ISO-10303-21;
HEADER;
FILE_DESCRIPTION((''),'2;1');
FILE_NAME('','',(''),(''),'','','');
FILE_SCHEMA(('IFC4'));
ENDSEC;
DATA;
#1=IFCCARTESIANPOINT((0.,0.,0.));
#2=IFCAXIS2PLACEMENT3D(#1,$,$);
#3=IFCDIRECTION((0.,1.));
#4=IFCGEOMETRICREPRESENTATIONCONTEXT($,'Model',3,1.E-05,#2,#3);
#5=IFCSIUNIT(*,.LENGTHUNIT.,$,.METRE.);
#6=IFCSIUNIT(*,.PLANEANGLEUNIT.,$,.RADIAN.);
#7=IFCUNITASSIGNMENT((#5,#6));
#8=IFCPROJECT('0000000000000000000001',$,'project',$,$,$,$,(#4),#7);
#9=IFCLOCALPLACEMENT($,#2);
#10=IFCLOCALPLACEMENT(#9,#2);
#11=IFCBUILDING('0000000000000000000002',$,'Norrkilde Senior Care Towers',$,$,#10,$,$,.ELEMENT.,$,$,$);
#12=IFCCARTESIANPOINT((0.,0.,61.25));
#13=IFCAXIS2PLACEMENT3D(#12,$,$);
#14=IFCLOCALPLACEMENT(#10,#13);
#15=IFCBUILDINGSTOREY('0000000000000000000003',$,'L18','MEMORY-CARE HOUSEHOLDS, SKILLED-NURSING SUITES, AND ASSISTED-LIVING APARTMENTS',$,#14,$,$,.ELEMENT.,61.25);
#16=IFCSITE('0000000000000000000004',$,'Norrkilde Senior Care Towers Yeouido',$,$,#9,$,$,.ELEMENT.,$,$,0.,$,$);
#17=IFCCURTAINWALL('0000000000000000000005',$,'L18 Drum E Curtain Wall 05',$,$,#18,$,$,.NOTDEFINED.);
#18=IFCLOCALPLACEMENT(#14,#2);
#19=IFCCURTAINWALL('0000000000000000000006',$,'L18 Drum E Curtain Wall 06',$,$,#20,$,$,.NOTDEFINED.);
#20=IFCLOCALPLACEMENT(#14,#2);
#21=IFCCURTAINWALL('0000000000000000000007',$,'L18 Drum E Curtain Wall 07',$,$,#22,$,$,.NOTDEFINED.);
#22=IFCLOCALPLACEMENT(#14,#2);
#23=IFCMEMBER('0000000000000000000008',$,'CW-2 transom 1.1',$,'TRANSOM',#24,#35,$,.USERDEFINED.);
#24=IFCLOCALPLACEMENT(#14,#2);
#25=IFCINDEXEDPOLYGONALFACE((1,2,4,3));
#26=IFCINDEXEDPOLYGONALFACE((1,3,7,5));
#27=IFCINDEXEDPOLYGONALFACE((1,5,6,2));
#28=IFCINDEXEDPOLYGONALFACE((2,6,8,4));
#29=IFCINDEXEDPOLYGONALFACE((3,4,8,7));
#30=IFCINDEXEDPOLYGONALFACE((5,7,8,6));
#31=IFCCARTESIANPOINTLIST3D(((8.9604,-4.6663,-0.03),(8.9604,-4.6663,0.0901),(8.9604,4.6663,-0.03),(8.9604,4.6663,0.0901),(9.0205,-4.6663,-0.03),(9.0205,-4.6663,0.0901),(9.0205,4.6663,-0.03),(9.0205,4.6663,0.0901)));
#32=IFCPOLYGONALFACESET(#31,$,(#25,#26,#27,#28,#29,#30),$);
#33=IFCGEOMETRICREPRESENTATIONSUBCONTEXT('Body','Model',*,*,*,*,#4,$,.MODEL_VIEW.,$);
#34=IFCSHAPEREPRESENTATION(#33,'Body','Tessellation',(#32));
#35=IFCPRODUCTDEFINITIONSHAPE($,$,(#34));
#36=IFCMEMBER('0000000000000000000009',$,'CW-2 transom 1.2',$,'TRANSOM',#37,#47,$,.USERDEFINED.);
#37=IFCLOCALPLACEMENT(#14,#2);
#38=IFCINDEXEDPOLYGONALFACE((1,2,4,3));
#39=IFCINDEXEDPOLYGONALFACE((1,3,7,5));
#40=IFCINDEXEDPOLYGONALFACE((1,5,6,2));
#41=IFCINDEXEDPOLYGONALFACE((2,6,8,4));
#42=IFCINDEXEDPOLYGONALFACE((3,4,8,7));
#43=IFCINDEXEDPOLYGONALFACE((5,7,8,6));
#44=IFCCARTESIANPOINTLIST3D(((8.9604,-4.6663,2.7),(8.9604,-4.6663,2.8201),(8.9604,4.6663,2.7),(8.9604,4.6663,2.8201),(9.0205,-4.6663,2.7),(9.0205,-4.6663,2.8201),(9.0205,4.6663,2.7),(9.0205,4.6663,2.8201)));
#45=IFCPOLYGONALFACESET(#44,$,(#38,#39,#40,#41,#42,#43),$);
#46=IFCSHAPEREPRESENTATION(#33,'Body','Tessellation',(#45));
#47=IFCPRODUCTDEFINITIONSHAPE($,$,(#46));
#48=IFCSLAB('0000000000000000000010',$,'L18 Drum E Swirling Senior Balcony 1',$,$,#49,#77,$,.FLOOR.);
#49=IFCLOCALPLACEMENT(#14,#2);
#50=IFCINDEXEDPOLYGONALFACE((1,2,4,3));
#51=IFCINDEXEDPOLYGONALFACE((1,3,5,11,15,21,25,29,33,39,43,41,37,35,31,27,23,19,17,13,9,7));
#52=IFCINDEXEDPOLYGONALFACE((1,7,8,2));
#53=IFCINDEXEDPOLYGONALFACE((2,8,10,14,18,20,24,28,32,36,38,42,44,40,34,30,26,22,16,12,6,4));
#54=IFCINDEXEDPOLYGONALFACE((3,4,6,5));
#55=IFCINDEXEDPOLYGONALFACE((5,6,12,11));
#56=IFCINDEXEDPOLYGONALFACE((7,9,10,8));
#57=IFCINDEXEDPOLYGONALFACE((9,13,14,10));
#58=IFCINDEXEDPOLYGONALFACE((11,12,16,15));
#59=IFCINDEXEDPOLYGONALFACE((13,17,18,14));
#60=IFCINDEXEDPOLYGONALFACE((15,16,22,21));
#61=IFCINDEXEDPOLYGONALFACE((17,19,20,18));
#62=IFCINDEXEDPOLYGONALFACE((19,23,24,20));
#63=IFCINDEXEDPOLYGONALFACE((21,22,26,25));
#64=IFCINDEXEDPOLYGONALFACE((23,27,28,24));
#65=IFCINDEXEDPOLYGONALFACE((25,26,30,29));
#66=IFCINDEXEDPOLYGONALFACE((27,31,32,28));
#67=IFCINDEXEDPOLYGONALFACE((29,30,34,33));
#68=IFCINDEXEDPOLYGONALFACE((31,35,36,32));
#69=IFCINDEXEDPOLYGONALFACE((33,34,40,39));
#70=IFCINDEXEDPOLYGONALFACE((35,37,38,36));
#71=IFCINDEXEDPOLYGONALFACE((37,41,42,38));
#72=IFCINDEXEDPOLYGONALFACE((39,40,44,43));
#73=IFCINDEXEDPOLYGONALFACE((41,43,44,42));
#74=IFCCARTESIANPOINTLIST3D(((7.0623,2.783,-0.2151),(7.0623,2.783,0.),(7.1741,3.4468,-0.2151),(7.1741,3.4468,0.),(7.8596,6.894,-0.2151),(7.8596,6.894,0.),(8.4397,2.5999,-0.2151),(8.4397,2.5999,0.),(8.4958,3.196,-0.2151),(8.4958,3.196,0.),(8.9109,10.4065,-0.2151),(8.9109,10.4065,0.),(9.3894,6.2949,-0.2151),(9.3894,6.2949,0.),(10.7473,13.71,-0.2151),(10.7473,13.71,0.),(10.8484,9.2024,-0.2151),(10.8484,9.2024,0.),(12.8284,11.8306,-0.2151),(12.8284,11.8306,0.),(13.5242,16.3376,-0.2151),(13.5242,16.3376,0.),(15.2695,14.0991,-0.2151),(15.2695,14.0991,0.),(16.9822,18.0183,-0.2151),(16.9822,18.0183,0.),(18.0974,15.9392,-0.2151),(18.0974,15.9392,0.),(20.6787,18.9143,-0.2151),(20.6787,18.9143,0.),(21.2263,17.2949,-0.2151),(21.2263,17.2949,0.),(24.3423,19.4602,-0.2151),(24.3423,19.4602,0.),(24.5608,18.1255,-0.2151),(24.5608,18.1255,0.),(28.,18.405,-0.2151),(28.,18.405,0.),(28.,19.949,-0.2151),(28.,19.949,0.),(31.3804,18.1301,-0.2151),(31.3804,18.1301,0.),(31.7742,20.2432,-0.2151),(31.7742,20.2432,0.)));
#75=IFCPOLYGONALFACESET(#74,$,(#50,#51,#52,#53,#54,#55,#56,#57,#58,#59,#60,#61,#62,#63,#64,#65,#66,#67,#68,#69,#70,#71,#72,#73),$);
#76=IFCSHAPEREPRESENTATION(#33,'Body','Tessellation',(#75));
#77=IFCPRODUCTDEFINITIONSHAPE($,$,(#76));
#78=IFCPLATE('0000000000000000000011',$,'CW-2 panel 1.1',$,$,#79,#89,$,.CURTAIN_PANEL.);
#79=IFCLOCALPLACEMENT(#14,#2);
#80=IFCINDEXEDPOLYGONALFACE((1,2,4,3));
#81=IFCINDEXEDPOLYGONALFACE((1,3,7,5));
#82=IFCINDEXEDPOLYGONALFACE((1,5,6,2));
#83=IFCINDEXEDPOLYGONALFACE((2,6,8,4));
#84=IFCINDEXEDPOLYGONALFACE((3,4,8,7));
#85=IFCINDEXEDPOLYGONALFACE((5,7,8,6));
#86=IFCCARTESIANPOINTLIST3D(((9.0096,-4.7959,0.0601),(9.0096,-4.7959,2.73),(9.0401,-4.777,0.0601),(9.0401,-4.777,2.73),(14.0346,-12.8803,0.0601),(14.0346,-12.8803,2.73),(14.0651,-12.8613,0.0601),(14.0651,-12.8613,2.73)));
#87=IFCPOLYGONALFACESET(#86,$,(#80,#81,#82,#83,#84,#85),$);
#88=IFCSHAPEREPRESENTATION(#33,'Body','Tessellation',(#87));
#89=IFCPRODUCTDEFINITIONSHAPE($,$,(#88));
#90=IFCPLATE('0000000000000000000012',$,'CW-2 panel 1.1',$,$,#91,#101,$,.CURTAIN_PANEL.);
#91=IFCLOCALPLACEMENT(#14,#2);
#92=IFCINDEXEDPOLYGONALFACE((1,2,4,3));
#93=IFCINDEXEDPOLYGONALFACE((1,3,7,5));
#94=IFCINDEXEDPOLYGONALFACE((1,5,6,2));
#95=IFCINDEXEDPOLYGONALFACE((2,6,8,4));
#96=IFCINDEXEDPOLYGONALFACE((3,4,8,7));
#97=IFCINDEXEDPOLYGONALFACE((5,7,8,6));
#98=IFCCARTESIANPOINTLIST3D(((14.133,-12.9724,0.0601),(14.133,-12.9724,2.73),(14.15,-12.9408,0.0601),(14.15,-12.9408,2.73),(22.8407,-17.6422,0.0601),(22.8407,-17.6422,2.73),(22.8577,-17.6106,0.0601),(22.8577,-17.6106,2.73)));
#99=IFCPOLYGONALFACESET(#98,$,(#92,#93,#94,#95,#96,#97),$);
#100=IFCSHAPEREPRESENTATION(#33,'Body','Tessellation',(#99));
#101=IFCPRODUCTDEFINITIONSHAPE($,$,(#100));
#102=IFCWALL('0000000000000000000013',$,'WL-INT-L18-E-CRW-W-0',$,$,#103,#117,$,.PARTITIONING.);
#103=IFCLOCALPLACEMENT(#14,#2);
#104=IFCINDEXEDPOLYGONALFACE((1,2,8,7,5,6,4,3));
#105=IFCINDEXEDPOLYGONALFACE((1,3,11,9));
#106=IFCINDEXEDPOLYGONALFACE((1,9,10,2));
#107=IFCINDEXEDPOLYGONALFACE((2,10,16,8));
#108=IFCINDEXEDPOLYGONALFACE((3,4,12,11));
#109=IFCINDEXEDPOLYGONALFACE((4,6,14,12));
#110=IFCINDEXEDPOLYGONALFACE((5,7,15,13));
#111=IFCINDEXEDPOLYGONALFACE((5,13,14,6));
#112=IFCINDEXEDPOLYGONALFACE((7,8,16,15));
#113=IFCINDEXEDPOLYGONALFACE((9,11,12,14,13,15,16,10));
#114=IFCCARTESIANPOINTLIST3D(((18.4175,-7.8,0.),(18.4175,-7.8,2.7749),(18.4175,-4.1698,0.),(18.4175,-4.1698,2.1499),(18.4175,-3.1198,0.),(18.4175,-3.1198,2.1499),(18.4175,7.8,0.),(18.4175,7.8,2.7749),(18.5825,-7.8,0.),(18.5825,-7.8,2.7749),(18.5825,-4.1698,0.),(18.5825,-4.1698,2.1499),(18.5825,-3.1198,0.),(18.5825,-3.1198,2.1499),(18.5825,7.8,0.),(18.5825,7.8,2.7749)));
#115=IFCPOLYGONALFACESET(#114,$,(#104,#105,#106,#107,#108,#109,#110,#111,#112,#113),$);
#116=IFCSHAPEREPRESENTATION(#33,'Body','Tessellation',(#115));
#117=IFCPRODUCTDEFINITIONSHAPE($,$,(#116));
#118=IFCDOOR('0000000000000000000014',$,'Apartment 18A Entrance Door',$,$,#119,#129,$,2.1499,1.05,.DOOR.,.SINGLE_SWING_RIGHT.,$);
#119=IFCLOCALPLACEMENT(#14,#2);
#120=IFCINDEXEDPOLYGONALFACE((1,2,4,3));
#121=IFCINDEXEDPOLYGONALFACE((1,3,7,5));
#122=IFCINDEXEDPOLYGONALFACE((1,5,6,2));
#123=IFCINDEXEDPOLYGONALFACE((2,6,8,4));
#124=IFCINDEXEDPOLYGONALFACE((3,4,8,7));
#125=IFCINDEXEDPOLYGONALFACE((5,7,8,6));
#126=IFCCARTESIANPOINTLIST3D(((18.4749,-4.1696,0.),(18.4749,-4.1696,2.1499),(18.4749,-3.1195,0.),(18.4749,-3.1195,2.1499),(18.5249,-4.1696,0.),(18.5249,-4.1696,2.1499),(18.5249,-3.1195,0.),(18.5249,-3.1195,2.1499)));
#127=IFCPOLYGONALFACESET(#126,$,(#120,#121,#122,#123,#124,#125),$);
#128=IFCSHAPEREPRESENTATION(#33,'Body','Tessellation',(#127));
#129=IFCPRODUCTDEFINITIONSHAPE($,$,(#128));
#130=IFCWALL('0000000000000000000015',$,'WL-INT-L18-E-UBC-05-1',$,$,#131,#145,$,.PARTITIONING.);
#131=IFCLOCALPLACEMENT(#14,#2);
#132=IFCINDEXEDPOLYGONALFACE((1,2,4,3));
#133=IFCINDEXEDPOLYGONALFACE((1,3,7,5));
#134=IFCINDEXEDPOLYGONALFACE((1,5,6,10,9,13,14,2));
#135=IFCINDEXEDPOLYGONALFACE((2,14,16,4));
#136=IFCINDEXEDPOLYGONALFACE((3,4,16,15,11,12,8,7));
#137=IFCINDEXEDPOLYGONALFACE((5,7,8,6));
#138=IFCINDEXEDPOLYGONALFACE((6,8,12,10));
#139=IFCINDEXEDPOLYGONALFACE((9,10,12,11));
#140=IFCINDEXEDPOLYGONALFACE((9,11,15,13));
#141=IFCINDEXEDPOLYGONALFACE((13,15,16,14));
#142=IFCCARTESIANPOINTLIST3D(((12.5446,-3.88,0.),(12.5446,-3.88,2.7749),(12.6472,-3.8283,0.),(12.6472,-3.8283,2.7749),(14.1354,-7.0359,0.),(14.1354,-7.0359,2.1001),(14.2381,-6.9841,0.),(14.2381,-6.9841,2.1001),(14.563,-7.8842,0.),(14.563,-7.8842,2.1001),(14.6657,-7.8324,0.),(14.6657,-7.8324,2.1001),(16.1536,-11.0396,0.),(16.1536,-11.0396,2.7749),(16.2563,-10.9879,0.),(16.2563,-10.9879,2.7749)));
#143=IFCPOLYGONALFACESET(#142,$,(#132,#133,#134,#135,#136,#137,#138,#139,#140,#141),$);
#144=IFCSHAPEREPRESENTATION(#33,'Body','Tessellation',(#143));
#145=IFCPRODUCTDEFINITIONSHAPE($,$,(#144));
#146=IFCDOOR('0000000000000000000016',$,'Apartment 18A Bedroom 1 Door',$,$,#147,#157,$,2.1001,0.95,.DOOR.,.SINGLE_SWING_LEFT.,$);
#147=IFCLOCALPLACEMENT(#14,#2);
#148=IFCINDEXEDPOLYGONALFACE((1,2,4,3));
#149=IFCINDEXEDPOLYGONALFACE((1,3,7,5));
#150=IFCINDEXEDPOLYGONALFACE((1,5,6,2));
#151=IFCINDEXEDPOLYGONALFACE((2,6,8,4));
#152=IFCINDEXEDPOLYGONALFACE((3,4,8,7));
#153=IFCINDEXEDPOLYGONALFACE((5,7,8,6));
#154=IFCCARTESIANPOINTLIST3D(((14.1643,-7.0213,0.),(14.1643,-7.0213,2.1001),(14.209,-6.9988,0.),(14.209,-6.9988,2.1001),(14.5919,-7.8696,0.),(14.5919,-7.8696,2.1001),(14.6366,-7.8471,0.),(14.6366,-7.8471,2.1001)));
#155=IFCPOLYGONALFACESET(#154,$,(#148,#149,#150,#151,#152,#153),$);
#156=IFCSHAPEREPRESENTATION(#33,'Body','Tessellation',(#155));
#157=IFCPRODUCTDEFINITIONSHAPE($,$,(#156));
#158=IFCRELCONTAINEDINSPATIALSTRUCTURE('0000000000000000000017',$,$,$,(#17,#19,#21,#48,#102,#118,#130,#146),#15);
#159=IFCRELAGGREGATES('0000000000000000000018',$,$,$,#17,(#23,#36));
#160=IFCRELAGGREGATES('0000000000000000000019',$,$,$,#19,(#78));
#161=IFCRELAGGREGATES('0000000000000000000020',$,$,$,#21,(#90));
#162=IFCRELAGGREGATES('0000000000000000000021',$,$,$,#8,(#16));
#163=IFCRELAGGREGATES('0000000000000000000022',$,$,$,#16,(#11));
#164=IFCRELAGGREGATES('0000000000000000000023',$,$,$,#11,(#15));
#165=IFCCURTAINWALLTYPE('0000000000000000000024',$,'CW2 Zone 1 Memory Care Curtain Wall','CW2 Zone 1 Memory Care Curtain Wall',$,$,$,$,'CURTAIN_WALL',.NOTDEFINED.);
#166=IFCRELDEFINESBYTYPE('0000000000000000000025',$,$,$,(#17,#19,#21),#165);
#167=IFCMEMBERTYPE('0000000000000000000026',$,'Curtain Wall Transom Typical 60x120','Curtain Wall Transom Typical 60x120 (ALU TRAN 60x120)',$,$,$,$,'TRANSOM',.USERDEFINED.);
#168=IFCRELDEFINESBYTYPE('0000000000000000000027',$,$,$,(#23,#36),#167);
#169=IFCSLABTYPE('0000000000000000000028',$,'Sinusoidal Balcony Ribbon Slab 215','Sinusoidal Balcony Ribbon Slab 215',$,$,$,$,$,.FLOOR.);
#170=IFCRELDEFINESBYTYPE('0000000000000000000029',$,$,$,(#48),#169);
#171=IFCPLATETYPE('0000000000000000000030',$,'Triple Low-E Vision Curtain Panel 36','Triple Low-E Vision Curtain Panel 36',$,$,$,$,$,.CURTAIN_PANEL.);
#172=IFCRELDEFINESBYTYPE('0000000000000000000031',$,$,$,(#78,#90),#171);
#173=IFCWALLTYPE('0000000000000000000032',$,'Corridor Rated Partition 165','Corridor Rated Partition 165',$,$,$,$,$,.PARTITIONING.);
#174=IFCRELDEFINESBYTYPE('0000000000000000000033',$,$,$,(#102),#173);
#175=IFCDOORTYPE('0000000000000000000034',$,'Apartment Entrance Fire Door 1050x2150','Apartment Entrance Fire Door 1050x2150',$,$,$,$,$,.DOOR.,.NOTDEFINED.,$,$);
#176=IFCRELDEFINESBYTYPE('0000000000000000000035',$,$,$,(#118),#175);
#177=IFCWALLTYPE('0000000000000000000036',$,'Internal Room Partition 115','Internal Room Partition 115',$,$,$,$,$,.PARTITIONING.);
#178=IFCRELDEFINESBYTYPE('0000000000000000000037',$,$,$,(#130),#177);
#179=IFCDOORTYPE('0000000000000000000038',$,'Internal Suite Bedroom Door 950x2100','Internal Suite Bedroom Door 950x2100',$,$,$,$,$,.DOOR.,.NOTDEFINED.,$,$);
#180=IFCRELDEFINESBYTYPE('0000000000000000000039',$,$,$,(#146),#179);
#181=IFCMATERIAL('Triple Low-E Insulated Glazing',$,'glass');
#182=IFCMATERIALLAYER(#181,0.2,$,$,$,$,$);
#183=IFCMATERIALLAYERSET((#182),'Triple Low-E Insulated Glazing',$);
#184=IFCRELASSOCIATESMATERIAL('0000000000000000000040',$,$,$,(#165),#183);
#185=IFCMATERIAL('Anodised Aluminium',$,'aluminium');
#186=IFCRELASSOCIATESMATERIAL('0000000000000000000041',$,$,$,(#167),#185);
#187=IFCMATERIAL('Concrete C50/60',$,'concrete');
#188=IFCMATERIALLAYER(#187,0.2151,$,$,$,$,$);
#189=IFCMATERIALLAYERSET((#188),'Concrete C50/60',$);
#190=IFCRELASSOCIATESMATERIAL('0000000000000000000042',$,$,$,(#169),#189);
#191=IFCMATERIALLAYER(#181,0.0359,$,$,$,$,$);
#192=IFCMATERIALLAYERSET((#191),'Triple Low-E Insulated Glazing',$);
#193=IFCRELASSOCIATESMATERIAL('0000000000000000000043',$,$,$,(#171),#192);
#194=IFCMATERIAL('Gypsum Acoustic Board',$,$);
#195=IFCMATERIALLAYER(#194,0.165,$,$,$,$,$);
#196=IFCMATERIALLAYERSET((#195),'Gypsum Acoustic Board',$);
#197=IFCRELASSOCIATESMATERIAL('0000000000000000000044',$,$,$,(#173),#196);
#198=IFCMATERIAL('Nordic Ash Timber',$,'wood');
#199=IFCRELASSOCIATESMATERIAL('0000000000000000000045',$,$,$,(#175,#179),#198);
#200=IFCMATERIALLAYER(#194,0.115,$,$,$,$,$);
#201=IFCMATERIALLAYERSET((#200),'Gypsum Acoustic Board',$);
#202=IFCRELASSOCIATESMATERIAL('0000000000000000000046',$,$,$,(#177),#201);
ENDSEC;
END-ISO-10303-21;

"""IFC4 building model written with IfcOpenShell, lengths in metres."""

from ifc_helpers import new_model, si_unit, direction, frame, frame_2d, origin, origin_2d, place, context, subcontext, project, spatial, polyline, rectangle, outline, extrude, source, transform, mapped, material, layer, layer_set, material_profile, profile_set, type_object, type_shapes, element, fill, aggregate, save


model = new_model("IFC4")

# Units and contexts
model_context = context("Model", 3, precision=1e-05, world=origin(), true_north=direction((0.0, 1.0)))
body_context = subcontext(model_context, "Body", "Model", "MODEL_VIEW")
ifc_project = project(units=[si_unit("LENGTHUNIT", "METRE"), si_unit("PLANEANGLEUNIT", "RADIAN")], contexts=[model_context])

# Site, building, storey
site_placement = place(None, origin())
site = spatial("IfcSite", under=ifc_project, at=site_placement, Name="Norrkilde Senior Care Towers Yeouido", CompositionType="ELEMENT", RefElevation=0.0)
building_placement = place(site_placement, origin())
building = spatial("IfcBuilding", under=site, at=building_placement, Name="Norrkilde Senior Care Towers", CompositionType="ELEMENT")
storey_placement = place(building_placement, frame((0.0, 0.0, 61.25)))
storey = spatial("IfcBuildingStorey", under=building, at=storey_placement, Name="L18", Description="MEMORY-CARE HOUSEHOLDS, SKILLED-NURSING SUITES, AND ASSISTED-LIVING APARTMENTS", CompositionType="ELEMENT", Elevation=61.25)

# Curtain wall
ifc_material_1 = material(Name="Triple Low-E Insulated Glazing", Category="glass")
ifc_layer_1 = layer(ifc_material_1, 0.2)
ifc_layer_set_1 = layer_set([ifc_layer_1], Name="Triple Low-E Insulated Glazing")
curtain_wall_type = type_object("IfcCurtainWallType", Name="CW2 Zone 1 Memory Care Curtain Wall", Description="CW2 Zone 1 Memory Care Curtain Wall", ElementType="CURTAIN_WALL", PredefinedType="NOTDEFINED", material=ifc_layer_set_1)
curtain_wall_1_placement = place(storey_placement, origin())
curtain_wall_1 = element("IfcCurtainWall", 1, at=curtain_wall_1_placement, inside=storey, type_object=curtain_wall_type, Name="L18 Drum E Curtain Wall 05", PredefinedType="NOTDEFINED")
ifc_material_2 = material(Name="Anodised Aluminium", Category="aluminium")

# Curtain wall
curtain_wall_2_placement = place(storey_placement, origin())
curtain_wall_2 = element("IfcCurtainWall", 2, at=curtain_wall_2_placement, inside=storey, type_object=curtain_wall_type, Name="L18 Drum E Curtain Wall 06", PredefinedType="NOTDEFINED")

# Curtain wall
curtain_wall_3_placement = place(storey_placement, origin())
curtain_wall_3 = element("IfcCurtainWall", 3, at=curtain_wall_3_placement, inside=storey, type_object=curtain_wall_type, Name="L18 Drum E Curtain Wall 07", PredefinedType="NOTDEFINED")

# Members
ifc_material_profile_1 = material_profile(ifc_material_2, rectangle(XDim=0.0601, YDim=0.1201, at=origin_2d()), Name="ALU TRAN 60x120")
ifc_profile_set_1 = profile_set([ifc_material_profile_1], Name="Anodised Aluminium")
member_type_1 = type_object("IfcMemberType", Name="Curtain Wall Transom Typical 60x120", Description="Curtain Wall Transom Typical 60x120 (ALU TRAN 60x120)", ElementType="TRANSOM", PredefinedType="USERDEFINED", material=ifc_profile_set_1)
shared_shape_1 = source(origin(), body_context, "Body", "SweptSolid", [
    extrude(rectangle(XDim=0.0601, YDim=0.1201, at=origin_2d()), origin(), (0.0, 0.0, 1.0), 9.3325),
])
member_1_placement = place(storey_placement, frame((8.9905, -4.6663, 0.03), z_axis=(0.0, 1.0, 0.0), x_axis=(-1.0, 0.0, 0.0)))
member_1 = element("IfcMember", 4, at=member_1_placement, type_object=member_type_1, Name="CW-2 transom 1.1", ObjectType="TRANSOM", PredefinedType="USERDEFINED", context=body_context, shape_type="MappedRepresentation", body=[
    mapped(shared_shape_1, transform((0.0, 0.0, 0.0), x_axis=(1.0, 0.0, 0.0), y_axis=(0.0, 1.0, 0.0), z_axis=(0.0, 0.0, 1.0), scale=1.0)),
])
member_2_placement = place(storey_placement, frame((8.9905, -4.6663, 2.76), z_axis=(0.0, 1.0, 0.0), x_axis=(-1.0, 0.0, 0.0)))
member_2 = element("IfcMember", 5, at=member_2_placement, type_object=member_type_1, Name="CW-2 transom 1.2", ObjectType="TRANSOM", PredefinedType="USERDEFINED", context=body_context, shape_type="MappedRepresentation", body=[
    mapped(shared_shape_1, transform((0.0, 0.0, 0.0), x_axis=(1.0, 0.0, 0.0), y_axis=(0.0, 1.0, 0.0), z_axis=(0.0, 0.0, 1.0), scale=1.0)),
])
aggregate(curtain_wall_1, [member_1, member_2])

# Slab
ifc_material_3 = material(Name="Concrete C50/60", Category="concrete")
ifc_layer_2 = layer(ifc_material_3, 0.2151)
ifc_layer_set_2 = layer_set([ifc_layer_2], Name="Concrete C50/60")
slab_type = type_object("IfcSlabType", Name="Sinusoidal Balcony Ribbon Slab 215", Description="Sinusoidal Balcony Ribbon Slab 215", PredefinedType="FLOOR", material=ifc_layer_set_2)
slab_placement = place(storey_placement, frame((0.0, 0.0, -0.2151)))
element("IfcSlab", 6, at=slab_placement, inside=storey, type_object=slab_type, Name="L18 Drum E Swirling Senior Balcony 1", PredefinedType="FLOOR", context=body_context, shape_type="SweptSolid", body=[
    extrude(outline(polyline([(7.8596, 6.894), (8.9109, 10.4065), (10.7473, 13.71), (13.5242, 16.3376), (16.9822, 18.0183), (20.6787, 18.9143), (24.3423, 19.4602), (28.0, 19.949), (31.7742, 20.2432), (31.3804, 18.1301), (28.0, 18.405), (24.5608, 18.1255), (21.2263, 17.2949), (18.0974, 15.9392), (15.2695, 14.0991), (12.8284, 11.8306), (10.8484, 9.2024), (9.3894, 6.2949), (8.4958, 3.196), (8.4397, 2.5999), (7.0623, 2.783), (7.1741, 3.4468), (7.8596, 6.894)])), origin(), (0.0, 0.0, 1.0), 0.2151),
])

# Plates
ifc_layer_3 = layer(ifc_material_1, 0.0359)
ifc_layer_set_3 = layer_set([ifc_layer_3], Name="Triple Low-E Insulated Glazing")
plate_type = type_object("IfcPlateType", Name="Triple Low-E Vision Curtain Panel 36", Description="Triple Low-E Vision Curtain Panel 36", PredefinedType="CURTAIN_PANEL", material=ifc_layer_set_3)
shared_shape_2 = source(origin(), body_context, "Body", "SweptSolid", [
    extrude(rectangle(XDim=9.5188, YDim=0.0359, at=origin_2d()), origin(), (0.0, 0.0, 1.0), 2.6699),
])
plate_1_placement = place(storey_placement, frame((11.5374, -8.8286, 0.0601), z_axis=(0.0, 0.0, 1.0), x_axis=(-0.527901, 0.849306, 0.0)))
plate_1 = element("IfcPlate", 7, at=plate_1_placement, type_object=plate_type, Name="CW-2 panel 1.1", PredefinedType="CURTAIN_PANEL", context=body_context, shape_type="MappedRepresentation", body=[
    mapped(shared_shape_2, transform((0.0, 0.0, 0.0), x_axis=(1.0, 0.0, 0.0), y_axis=(0.0, 1.0, 0.0), z_axis=(0.0, 0.0, 1.0), scale=1.0)),
])
aggregate(curtain_wall_2, [plate_1])
shared_shape_3 = source(origin(), body_context, "Body", "SweptSolid", [
    extrude(rectangle(XDim=9.8809, YDim=0.0359, at=origin_2d()), origin(), (0.0, 0.0, 1.0), 2.6699),
])
type_shapes(plate_type, [shared_shape_2, shared_shape_3])
plate_2_placement = place(storey_placement, frame((18.4954, -15.2915, 0.0601), z_axis=(0.0, 0.0, 1.0), x_axis=(-0.881273, 0.472608, 0.0)))
plate_2 = element("IfcPlate", 8, at=plate_2_placement, type_object=plate_type, Name="CW-2 panel 1.1", PredefinedType="CURTAIN_PANEL", context=body_context, shape_type="MappedRepresentation", body=[
    mapped(shared_shape_3, transform((0.0, 0.0, 0.0), x_axis=(1.0, 0.0, 0.0), y_axis=(0.0, 1.0, 0.0), z_axis=(0.0, 0.0, 1.0), scale=1.0)),
])
aggregate(curtain_wall_3, [plate_2])

# Walls, openings, doors
ifc_material_4 = material(Name="Gypsum Acoustic Board")
ifc_layer_4 = layer(ifc_material_4, 0.165)
ifc_layer_set_4 = layer_set([ifc_layer_4], Name="Gypsum Acoustic Board")
wall_type_1 = type_object("IfcWallType", Name="Corridor Rated Partition 165", Description="Corridor Rated Partition 165", PredefinedType="PARTITIONING", material=ifc_layer_set_4)
shared_shape_4 = source(origin(), body_context, "Body", "SweptSolid", [
    extrude(rectangle(XDim=15.6001, YDim=0.165, at=frame_2d((7.8, 0.0))), origin(), (0.0, 0.0, 1.0), 2.7749),
])
type_shapes(wall_type_1, [shared_shape_4])
wall_1_placement = place(storey_placement, frame((18.5, -7.8, 0.0), z_axis=(0.0, 0.0, 1.0), x_axis=(0.0, 1.0, 0.0)))
wall_1 = element("IfcWall", 9, at=wall_1_placement, inside=storey, type_object=wall_type_1, Name="WL-INT-L18-E-CRW-W-0", PredefinedType="PARTITIONING", context=body_context, shape_type="MappedRepresentation", body=[
    mapped(shared_shape_4, transform((0.0, 0.0, 0.0), x_axis=(1.0, 0.0, 0.0), y_axis=(0.0, 1.0, 0.0), z_axis=(0.0, 0.0, 1.0), scale=1.0)),
])
opening_1_placement = place(wall_1_placement, frame((3.6304, 0.0, 0.0)))
opening_1 = element("IfcOpeningElement", 10, at=opening_1_placement, cuts=wall_1, PredefinedType="OPENING", context=body_context, shape_type="SweptSolid", body=[
    extrude(rectangle(XDim=1.05, YDim=2.1499, at=frame_2d((0.5249, 1.075))), frame((0.0, 0.0925, 0.0), z_axis=(0.0, -1.0, 0.0), x_axis=(1.0, 0.0, 0.0)), (0.0, 0.0, 1.0), 0.1851),
])
ifc_material_5 = material(Name="Nordic Ash Timber", Category="wood")
door_type_1 = type_object("IfcDoorType", Name="Apartment Entrance Fire Door 1050x2150", Description="Apartment Entrance Fire Door 1050x2150", OperationType="NOTDEFINED", PredefinedType="DOOR", material=ifc_material_5)
shared_shape_5 = source(origin(), body_context, "Body", "SweptSolid", [
    extrude(rectangle(XDim=1.05, YDim=2.1499, at=frame_2d((0.5249, 1.075))), frame((0.0, 0.0249, 0.0), z_axis=(0.0, -1.0, 0.0), x_axis=(1.0, 0.0, 0.0)), (0.0, 0.0, 1.0), 0.05),
])
type_shapes(door_type_1, [shared_shape_5])
door_1_placement = place(opening_1_placement, frame((1.05, 0.0, 0.0), z_axis=(0.0, 0.0, 1.0), x_axis=(-1.0, 0.0, 0.0)))
door_1 = element("IfcDoor", 11, at=door_1_placement, inside=storey, type_object=door_type_1, Name="Apartment 18A Entrance Door", OperationType="SINGLE_SWING_RIGHT", OverallHeight=2.1499, OverallWidth=1.05, PredefinedType="DOOR", context=body_context, shape_type="MappedRepresentation", body=[
    mapped(shared_shape_5, transform((0.0, 0.0, 0.0), x_axis=(1.0, 0.0, 0.0), y_axis=(0.0, 1.0, 0.0), z_axis=(0.0, 0.0, 1.0), scale=1.0)),
])
fill(opening_1, door_1)
ifc_layer_5 = layer(ifc_material_4, 0.115)
ifc_layer_set_5 = layer_set([ifc_layer_5], Name="Gypsum Acoustic Board")
wall_type_2 = type_object("IfcWallType", Name="Internal Room Partition 115", Description="Internal Room Partition 115", PredefinedType="PARTITIONING", material=ifc_layer_set_5)
shared_shape_6 = source(origin(), body_context, "Body", "SweptSolid", [
    extrude(rectangle(XDim=8.0178, YDim=0.115, at=frame_2d((4.0088, 0.0))), origin(), (0.0, 0.0, 1.0), 2.7749),
])
wall_2_placement = place(storey_placement, frame((12.5959, -3.8542, 0.0), z_axis=(0.0, 0.0, 1.0), x_axis=(0.450134, -0.892961, 0.0)))
wall_2 = element("IfcWall", 12, at=wall_2_placement, inside=storey, type_object=wall_type_2, Name="WL-INT-L18-E-UBC-05-1", PredefinedType="PARTITIONING", context=body_context, shape_type="MappedRepresentation", body=[
    mapped(shared_shape_6, transform((0.0, 0.0, 0.0), x_axis=(1.0, 0.0, 0.0), y_axis=(0.0, 1.0, 0.0), z_axis=(0.0, 0.0, 1.0), scale=1.0)),
])
opening_2_placement = place(wall_2_placement, frame((3.5339, 0.0, 0.0)))
opening_2 = element("IfcOpeningElement", 13, at=opening_2_placement, cuts=wall_2, PredefinedType="OPENING", context=body_context, shape_type="SweptSolid", body=[
    extrude(rectangle(XDim=0.95, YDim=2.1001, at=frame_2d((0.4751, 1.05))), frame((0.0, 0.0674, 0.0), z_axis=(0.0, -1.0, 0.0), x_axis=(1.0, 0.0, 0.0)), (0.0, 0.0, 1.0), 0.135),
])
door_type_2 = type_object("IfcDoorType", Name="Internal Suite Bedroom Door 950x2100", Description="Internal Suite Bedroom Door 950x2100", OperationType="NOTDEFINED", PredefinedType="DOOR", material=ifc_material_5)
shared_shape_7 = source(origin(), body_context, "Body", "SweptSolid", [
    extrude(rectangle(XDim=0.95, YDim=2.1001, at=frame_2d((0.4751, 1.05))), frame((0.0, 0.0249, 0.0), z_axis=(0.0, -1.0, 0.0), x_axis=(1.0, 0.0, 0.0)), (0.0, 0.0, 1.0), 0.05),
])
type_shapes(door_type_2, [shared_shape_7])
door_2_placement = place(opening_2_placement, origin())
door_2 = element("IfcDoor", 14, at=door_2_placement, inside=storey, type_object=door_type_2, Name="Apartment 18A Bedroom 1 Door", OperationType="SINGLE_SWING_LEFT", OverallHeight=2.1001, OverallWidth=0.95, PredefinedType="DOOR", context=body_context, shape_type="MappedRepresentation", body=[
    mapped(shared_shape_7, transform((0.0, 0.0, 0.0), x_axis=(1.0, 0.0, 0.0), y_axis=(0.0, 1.0, 0.0), z_axis=(0.0, 0.0, 1.0), scale=1.0)),
])
fill(opening_2, door_2)

save(model, "model.ifc")
